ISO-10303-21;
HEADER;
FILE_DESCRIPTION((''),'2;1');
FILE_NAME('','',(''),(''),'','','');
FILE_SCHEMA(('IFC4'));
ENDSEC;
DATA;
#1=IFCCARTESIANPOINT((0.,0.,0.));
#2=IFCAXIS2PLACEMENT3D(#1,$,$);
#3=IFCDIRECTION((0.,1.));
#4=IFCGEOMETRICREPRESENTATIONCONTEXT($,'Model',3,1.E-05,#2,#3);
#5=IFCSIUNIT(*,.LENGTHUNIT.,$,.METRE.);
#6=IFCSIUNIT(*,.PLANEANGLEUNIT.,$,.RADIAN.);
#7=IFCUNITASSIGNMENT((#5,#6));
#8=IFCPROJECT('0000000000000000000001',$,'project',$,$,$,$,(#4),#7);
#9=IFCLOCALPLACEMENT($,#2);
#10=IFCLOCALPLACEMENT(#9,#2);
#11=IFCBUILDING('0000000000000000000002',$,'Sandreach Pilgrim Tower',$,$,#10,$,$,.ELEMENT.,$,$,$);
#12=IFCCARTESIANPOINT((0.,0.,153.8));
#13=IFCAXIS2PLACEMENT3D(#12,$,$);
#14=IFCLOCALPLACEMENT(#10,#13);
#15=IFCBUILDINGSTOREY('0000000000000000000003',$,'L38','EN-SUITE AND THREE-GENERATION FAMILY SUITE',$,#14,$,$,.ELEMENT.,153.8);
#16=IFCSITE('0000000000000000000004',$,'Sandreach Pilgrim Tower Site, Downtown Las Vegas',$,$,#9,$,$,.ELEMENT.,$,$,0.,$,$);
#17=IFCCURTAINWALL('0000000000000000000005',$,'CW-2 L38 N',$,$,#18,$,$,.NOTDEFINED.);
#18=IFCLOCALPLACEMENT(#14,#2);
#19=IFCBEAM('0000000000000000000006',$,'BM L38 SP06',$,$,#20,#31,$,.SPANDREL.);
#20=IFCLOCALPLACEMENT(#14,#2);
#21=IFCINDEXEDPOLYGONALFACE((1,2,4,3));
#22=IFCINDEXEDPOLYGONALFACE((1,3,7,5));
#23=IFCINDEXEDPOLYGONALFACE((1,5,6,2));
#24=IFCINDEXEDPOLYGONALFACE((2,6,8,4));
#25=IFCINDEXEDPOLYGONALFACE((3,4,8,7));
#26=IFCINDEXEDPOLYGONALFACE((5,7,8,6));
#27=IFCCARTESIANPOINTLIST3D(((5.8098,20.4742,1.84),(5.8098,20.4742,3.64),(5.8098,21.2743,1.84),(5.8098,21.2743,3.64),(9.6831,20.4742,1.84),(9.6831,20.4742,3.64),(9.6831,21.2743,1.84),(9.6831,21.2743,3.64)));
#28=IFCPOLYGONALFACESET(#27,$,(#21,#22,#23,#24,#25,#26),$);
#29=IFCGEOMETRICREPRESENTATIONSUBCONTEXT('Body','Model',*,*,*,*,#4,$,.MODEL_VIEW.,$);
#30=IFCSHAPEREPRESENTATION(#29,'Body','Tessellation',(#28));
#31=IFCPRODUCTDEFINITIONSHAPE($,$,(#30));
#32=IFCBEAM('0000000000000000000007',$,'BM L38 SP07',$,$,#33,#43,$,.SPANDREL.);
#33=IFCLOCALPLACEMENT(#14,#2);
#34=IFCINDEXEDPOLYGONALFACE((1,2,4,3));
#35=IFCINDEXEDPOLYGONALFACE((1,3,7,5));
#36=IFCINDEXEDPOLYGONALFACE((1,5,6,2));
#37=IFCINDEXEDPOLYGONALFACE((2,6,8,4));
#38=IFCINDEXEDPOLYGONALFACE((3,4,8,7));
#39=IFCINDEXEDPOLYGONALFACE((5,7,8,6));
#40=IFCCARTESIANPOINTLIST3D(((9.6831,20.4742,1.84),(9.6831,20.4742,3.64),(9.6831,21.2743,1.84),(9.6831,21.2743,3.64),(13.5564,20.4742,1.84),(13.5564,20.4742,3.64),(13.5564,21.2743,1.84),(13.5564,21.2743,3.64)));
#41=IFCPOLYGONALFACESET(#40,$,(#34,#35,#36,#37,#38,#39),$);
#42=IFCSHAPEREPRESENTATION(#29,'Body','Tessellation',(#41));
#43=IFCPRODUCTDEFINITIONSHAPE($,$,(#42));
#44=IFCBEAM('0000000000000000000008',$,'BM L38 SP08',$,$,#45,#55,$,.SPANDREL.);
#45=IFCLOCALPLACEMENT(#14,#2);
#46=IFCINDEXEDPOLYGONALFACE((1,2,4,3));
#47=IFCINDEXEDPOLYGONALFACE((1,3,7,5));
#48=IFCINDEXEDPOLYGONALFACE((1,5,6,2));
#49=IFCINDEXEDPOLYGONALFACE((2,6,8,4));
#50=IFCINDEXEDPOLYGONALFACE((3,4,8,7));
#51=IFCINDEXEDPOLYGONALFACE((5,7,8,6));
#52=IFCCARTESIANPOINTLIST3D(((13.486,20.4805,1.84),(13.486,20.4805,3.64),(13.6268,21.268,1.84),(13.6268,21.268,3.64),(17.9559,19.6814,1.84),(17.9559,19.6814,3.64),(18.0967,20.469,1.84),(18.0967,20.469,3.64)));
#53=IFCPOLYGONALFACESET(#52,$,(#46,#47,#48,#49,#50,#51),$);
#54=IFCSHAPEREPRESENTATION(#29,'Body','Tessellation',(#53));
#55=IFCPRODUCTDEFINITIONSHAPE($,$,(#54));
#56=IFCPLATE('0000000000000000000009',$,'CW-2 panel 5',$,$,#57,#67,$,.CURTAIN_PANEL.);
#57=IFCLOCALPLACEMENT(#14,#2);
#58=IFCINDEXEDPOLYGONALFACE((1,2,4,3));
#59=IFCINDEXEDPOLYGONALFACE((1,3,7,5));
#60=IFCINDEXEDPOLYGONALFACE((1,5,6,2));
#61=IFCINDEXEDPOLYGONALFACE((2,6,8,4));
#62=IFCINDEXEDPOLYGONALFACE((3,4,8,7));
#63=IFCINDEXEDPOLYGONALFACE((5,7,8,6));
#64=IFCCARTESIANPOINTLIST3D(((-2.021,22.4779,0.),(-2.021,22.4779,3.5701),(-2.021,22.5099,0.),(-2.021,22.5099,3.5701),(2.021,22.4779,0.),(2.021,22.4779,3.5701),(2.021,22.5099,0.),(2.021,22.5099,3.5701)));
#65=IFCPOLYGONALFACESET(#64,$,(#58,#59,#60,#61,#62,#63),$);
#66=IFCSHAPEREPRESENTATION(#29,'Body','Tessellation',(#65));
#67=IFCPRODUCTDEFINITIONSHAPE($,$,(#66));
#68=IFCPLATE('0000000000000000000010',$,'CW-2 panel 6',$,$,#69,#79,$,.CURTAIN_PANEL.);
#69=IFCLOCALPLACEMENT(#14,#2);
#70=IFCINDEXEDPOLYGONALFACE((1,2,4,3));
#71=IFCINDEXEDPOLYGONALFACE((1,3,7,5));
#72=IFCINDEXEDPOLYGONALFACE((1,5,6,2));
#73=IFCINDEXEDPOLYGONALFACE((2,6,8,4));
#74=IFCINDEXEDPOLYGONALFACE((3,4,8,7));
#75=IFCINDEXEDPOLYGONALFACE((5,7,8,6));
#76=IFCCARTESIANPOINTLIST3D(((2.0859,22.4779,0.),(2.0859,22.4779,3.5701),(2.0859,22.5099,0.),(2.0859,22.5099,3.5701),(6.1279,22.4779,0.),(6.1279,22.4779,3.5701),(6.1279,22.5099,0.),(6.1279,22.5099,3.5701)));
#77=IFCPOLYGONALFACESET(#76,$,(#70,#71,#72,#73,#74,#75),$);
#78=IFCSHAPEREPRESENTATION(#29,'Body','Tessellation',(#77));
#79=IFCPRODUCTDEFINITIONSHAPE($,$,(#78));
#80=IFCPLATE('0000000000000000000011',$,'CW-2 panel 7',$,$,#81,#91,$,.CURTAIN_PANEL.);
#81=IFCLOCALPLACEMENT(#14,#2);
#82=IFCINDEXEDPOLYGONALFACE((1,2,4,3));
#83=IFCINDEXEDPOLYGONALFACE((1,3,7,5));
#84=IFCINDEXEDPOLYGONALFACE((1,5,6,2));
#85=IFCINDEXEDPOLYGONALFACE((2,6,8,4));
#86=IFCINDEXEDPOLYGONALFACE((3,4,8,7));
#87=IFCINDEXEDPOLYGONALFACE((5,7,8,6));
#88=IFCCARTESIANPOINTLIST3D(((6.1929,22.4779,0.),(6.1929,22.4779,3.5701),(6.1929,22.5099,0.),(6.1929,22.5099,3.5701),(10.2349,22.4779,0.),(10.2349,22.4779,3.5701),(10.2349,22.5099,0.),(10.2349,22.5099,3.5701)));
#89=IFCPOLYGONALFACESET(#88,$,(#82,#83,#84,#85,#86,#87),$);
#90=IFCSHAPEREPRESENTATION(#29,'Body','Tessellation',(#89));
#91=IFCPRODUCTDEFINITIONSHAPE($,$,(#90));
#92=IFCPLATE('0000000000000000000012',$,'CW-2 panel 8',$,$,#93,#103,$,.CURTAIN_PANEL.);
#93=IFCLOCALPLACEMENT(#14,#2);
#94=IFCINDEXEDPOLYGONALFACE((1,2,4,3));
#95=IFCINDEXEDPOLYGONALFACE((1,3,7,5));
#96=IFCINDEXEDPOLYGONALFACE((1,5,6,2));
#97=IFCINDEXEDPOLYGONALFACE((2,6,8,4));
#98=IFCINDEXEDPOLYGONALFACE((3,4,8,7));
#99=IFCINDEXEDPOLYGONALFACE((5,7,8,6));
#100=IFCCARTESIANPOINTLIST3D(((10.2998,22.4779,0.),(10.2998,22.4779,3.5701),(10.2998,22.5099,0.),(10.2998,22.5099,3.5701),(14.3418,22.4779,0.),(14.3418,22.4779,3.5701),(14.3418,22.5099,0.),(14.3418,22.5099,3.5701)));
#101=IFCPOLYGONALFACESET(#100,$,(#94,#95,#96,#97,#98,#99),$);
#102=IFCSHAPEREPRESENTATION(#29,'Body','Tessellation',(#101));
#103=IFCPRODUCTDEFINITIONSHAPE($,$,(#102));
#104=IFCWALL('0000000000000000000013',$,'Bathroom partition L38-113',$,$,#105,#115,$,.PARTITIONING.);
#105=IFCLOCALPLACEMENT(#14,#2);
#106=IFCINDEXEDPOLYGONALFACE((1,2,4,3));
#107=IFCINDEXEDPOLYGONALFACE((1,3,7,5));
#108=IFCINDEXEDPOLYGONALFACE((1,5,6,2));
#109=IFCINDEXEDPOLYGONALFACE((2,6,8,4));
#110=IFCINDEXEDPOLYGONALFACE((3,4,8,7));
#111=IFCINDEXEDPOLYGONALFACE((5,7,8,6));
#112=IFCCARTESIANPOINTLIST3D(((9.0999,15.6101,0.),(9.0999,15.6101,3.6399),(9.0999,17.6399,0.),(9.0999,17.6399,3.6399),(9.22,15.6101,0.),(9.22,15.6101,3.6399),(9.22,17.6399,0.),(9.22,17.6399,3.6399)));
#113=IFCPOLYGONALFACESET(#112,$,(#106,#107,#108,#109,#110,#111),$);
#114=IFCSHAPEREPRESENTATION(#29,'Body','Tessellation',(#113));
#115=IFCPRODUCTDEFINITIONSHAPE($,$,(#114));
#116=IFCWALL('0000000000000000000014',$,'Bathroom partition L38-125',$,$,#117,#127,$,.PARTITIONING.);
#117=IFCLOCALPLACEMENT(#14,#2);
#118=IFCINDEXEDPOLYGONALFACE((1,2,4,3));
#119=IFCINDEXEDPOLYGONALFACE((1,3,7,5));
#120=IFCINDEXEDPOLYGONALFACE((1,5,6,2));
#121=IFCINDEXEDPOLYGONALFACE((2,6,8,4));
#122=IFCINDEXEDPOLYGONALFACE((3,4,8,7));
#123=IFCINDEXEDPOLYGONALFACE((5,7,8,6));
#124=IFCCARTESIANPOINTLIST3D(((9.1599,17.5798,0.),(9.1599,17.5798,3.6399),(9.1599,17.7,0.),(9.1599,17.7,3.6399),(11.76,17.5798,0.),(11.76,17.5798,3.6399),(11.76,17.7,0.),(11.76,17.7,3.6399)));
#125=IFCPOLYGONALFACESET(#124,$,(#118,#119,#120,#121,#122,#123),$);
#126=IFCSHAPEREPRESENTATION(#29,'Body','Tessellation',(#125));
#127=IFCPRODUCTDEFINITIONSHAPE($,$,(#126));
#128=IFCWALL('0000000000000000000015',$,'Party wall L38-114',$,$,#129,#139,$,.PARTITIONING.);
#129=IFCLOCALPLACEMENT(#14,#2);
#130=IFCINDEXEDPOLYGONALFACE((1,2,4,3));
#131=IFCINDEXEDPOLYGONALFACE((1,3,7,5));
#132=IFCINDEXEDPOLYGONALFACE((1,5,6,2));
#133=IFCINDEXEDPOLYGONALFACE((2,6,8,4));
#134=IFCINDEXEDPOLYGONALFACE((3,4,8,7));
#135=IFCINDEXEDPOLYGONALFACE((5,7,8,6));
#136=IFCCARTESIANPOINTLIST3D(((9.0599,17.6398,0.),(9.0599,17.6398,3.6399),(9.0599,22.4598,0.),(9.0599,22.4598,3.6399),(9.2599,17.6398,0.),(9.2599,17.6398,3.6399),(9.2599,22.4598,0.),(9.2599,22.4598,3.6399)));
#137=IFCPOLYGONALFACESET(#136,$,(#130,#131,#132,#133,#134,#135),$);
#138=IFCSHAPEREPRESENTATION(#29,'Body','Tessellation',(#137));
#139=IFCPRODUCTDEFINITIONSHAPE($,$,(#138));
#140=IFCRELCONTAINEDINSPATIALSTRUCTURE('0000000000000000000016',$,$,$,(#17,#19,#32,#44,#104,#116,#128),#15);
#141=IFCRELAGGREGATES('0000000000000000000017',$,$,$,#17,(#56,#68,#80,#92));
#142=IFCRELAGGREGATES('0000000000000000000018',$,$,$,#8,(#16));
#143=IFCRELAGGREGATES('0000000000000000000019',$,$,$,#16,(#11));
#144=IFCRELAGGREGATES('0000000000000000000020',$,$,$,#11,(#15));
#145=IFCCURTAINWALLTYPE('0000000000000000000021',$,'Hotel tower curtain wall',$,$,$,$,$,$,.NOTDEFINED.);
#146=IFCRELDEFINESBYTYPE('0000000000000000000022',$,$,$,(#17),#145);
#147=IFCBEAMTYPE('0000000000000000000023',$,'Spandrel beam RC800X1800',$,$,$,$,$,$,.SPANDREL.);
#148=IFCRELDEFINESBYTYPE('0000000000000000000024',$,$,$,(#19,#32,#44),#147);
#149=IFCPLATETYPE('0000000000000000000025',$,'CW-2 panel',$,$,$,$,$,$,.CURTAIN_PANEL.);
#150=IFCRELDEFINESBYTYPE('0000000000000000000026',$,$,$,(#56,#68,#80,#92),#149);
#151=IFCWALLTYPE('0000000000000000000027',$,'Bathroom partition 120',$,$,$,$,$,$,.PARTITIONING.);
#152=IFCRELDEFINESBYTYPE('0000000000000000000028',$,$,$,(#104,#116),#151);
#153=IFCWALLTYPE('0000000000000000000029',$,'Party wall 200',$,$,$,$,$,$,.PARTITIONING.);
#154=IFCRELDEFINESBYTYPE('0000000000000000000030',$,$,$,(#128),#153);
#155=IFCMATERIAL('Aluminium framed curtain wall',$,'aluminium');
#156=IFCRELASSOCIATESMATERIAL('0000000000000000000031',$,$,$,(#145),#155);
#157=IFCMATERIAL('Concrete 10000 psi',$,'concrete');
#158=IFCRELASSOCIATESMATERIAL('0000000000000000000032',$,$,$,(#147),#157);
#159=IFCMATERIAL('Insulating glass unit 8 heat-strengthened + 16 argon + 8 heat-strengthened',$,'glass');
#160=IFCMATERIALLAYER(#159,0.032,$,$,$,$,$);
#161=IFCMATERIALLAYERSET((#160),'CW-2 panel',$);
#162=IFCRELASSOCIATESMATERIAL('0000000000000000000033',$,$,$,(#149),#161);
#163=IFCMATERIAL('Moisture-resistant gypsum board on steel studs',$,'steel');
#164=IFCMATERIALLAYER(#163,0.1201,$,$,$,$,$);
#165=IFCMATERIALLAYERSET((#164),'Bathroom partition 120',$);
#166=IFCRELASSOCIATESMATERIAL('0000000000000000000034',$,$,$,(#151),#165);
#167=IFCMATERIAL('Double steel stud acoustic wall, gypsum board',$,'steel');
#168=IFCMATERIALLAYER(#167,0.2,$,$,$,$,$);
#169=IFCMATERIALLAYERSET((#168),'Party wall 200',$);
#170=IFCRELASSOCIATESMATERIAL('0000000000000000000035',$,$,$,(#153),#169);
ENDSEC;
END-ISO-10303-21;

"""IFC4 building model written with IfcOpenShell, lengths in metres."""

from ifc_helpers import new_model, si_unit, direction, frame, frame_2d, origin, origin_2d, place, context, subcontext, project, spatial, rectangle, extrude, material, layer, layer_set, material_profile, profile_set, type_object, element, aggregate, save


model = new_model("IFC4")

# Units and contexts
model_context = context("Model", 3, precision=1e-05, world=origin(), true_north=direction((0.0, 1.0)))
body_context = subcontext(model_context, "Body", "Model", "MODEL_VIEW")
ifc_project = project(units=[si_unit("LENGTHUNIT", "METRE"), si_unit("PLANEANGLEUNIT", "RADIAN")], contexts=[model_context])

# Site, building, storey
site_placement = place(None, origin())
site = spatial("IfcSite", under=ifc_project, at=site_placement, Name="Sandreach Pilgrim Tower Site, Downtown Las Vegas", CompositionType="ELEMENT", RefElevation=0.0)
building_placement = place(site_placement, origin())
building = spatial("IfcBuilding", under=site, at=building_placement, Name="Sandreach Pilgrim Tower", CompositionType="ELEMENT")
storey_placement = place(building_placement, frame((0.0, 0.0, 153.8)))
storey = spatial("IfcBuildingStorey", under=building, at=storey_placement, Name="L38", Description="EN-SUITE AND THREE-GENERATION FAMILY SUITE", CompositionType="ELEMENT", Elevation=153.8)

# Curtain wall
ifc_material_1 = material(Name="Aluminium framed curtain wall", Category="aluminium")
curtain_wall_type = type_object("IfcCurtainWallType", Name="Hotel tower curtain wall", PredefinedType="NOTDEFINED", material=ifc_material_1)
curtain_wall_placement = place(storey_placement, origin())
curtain_wall = element("IfcCurtainWall", 1, at=curtain_wall_placement, inside=storey, type_object=curtain_wall_type, Name="CW-2 L38 N", PredefinedType="NOTDEFINED")

# Beams
ifc_material_2 = material(Name="Concrete 10000 psi", Category="concrete")
ifc_material_profile_1 = material_profile(ifc_material_2, rectangle(XDim=0.8, YDim=1.8, at=origin_2d()), Name="RC800X1800")
ifc_profile_set_1 = profile_set([ifc_material_profile_1], Name="Concrete 10000 psi")
beam_type_1 = type_object("IfcBeamType", Name="Spandrel beam RC800X1800", PredefinedType="SPANDREL", material=ifc_profile_set_1)
for number, where, z_axis, x_axis, name in (
    (2, (5.8098, 20.8743, 2.74), (1.0, 0.0, 0.0), (0.0, 1.0, 0.0), "BM L38 SP06"),
    (3, (9.6831, 20.8743, 2.74), (1.0, 0.0, 0.0), (0.0, 1.0, 0.0), "BM L38 SP07"),
):
    element("IfcBeam", number, at=place(storey_placement, frame(where, z_axis=z_axis, x_axis=x_axis)), inside=storey, type_object=beam_type_1, Name=name, PredefinedType="SPANDREL", context=body_context, shape_type="SweptSolid", body=[
        extrude(rectangle(XDim=0.8, YDim=1.8, at=origin_2d()), origin(), (0.0, 0.0, 1.0), 3.8733),
    ])
beam_1_placement = place(storey_placement, frame((13.5564, 20.8743, 2.74), z_axis=(0.984395, -0.175975, 0.0), x_axis=(0.175975, 0.984395, 0.0)))
element("IfcBeam", 4, at=beam_1_placement, inside=storey, type_object=beam_type_1, Name="BM L38 SP08", PredefinedType="SPANDREL", context=body_context, shape_type="SweptSolid", body=[
    extrude(rectangle(XDim=0.8, YDim=1.8, at=origin_2d()), origin(), (0.0, 0.0, 1.0), 4.5408),
])

# Plates
ifc_material_3 = material(Name="Insulating glass unit 8 heat-strengthened + 16 argon + 8 heat-strengthened", Category="glass")
ifc_layer_1 = layer(ifc_material_3, 0.032)
ifc_layer_set_1 = layer_set([ifc_layer_1], Name="CW-2 panel")
plate_type = type_object("IfcPlateType", Name="CW-2 panel", PredefinedType="CURTAIN_PANEL", material=ifc_layer_set_1)
plate_1_placement = place(storey_placement, frame((0.0, 22.4939, 0.0), z_axis=(0.0, 0.0, 1.0), x_axis=(1.0, 0.0, 0.0)))
plate_1 = element("IfcPlate", 5, at=plate_1_placement, type_object=plate_type, Name="CW-2 panel 5", PredefinedType="CURTAIN_PANEL", context=body_context, shape_type="SweptSolid", body=[
    extrude(rectangle(XDim=4.042, YDim=0.032, at=origin_2d()), origin(), (0.0, 0.0, 1.0), 3.5701),
])
plate_2_placement = place(storey_placement, frame((4.1069, 22.4939, 0.0), z_axis=(0.0, 0.0, 1.0), x_axis=(1.0, 0.0, 0.0)))
plate_2 = element("IfcPlate", 6, at=plate_2_placement, type_object=plate_type, Name="CW-2 panel 6", PredefinedType="CURTAIN_PANEL", context=body_context, shape_type="SweptSolid", body=[
    extrude(rectangle(XDim=4.042, YDim=0.032, at=origin_2d()), origin(), (0.0, 0.0, 1.0), 3.5701),
])
plate_3_placement = place(storey_placement, frame((8.2139, 22.4939, 0.0), z_axis=(0.0, 0.0, 1.0), x_axis=(1.0, 0.0, 0.0)))
plate_3 = element("IfcPlate", 7, at=plate_3_placement, type_object=plate_type, Name="CW-2 panel 7", PredefinedType="CURTAIN_PANEL", context=body_context, shape_type="SweptSolid", body=[
    extrude(rectangle(XDim=4.042, YDim=0.032, at=origin_2d()), origin(), (0.0, 0.0, 1.0), 3.5701),
])
plate_4_placement = place(storey_placement, frame((12.3208, 22.4939, 0.0), z_axis=(0.0, 0.0, 1.0), x_axis=(1.0, 0.0, 0.0)))
plate_4 = element("IfcPlate", 8, at=plate_4_placement, type_object=plate_type, Name="CW-2 panel 8", PredefinedType="CURTAIN_PANEL", context=body_context, shape_type="SweptSolid", body=[
    extrude(rectangle(XDim=4.042, YDim=0.032, at=origin_2d()), origin(), (0.0, 0.0, 1.0), 3.5701),
])
aggregate(curtain_wall, [plate_1, plate_2, plate_3, plate_4])

# Walls
ifc_material_4 = material(Name="Moisture-resistant gypsum board on steel studs", Category="steel")
ifc_layer_2 = layer(ifc_material_4, 0.1201)
ifc_layer_set_2 = layer_set([ifc_layer_2], Name="Bathroom partition 120")
wall_type_1 = type_object("IfcWallType", Name="Bathroom partition 120", PredefinedType="PARTITIONING", material=ifc_layer_set_2)
wall_1_placement = place(storey_placement, frame((9.1599, 17.6399, 0.0), z_axis=(0.0, 0.0, 1.0), x_axis=(0.0, -1.0, 0.0)))
element("IfcWall", 9, at=wall_1_placement, inside=storey, type_object=wall_type_1, Name="Bathroom partition L38-113", PredefinedType="PARTITIONING", context=body_context, shape_type="SweptSolid", body=[
    extrude(rectangle(XDim=2.0298, YDim=0.1201, at=frame_2d((1.0149, 0.0))), origin(), (0.0, 0.0, 1.0), 3.6399),
])
wall_2_placement = place(storey_placement, frame((11.76, 17.6399, 0.0), z_axis=(0.0, 0.0, 1.0), x_axis=(-1.0, 0.0, 0.0)))
element("IfcWall", 10, at=wall_2_placement, inside=storey, type_object=wall_type_1, Name="Bathroom partition L38-125", PredefinedType="PARTITIONING", context=body_context, shape_type="SweptSolid", body=[
    extrude(rectangle(XDim=2.6001, YDim=0.1201, at=frame_2d((1.3, 0.0))), origin(), (0.0, 0.0, 1.0), 3.6399),
])
ifc_material_5 = material(Name="Double steel stud acoustic wall, gypsum board", Category="steel")
ifc_layer_3 = layer(ifc_material_5, 0.2)
ifc_layer_set_3 = layer_set([ifc_layer_3], Name="Party wall 200")
wall_type_2 = type_object("IfcWallType", Name="Party wall 200", PredefinedType="PARTITIONING", material=ifc_layer_set_3)
wall_3_placement = place(storey_placement, frame((9.1599, 22.46, 0.0), z_axis=(0.0, 0.0, 1.0), x_axis=(0.0, -1.0, 0.0)))
element("IfcWall", 11, at=wall_3_placement, inside=storey, type_object=wall_type_2, Name="Party wall L38-114", PredefinedType="PARTITIONING", context=body_context, shape_type="SweptSolid", body=[
    extrude(rectangle(XDim=4.8201, YDim=0.2, at=frame_2d((2.4102, 0.0))), origin(), (0.0, 0.0, 1.0), 3.6399),
])

save(model, "model.ifc")
